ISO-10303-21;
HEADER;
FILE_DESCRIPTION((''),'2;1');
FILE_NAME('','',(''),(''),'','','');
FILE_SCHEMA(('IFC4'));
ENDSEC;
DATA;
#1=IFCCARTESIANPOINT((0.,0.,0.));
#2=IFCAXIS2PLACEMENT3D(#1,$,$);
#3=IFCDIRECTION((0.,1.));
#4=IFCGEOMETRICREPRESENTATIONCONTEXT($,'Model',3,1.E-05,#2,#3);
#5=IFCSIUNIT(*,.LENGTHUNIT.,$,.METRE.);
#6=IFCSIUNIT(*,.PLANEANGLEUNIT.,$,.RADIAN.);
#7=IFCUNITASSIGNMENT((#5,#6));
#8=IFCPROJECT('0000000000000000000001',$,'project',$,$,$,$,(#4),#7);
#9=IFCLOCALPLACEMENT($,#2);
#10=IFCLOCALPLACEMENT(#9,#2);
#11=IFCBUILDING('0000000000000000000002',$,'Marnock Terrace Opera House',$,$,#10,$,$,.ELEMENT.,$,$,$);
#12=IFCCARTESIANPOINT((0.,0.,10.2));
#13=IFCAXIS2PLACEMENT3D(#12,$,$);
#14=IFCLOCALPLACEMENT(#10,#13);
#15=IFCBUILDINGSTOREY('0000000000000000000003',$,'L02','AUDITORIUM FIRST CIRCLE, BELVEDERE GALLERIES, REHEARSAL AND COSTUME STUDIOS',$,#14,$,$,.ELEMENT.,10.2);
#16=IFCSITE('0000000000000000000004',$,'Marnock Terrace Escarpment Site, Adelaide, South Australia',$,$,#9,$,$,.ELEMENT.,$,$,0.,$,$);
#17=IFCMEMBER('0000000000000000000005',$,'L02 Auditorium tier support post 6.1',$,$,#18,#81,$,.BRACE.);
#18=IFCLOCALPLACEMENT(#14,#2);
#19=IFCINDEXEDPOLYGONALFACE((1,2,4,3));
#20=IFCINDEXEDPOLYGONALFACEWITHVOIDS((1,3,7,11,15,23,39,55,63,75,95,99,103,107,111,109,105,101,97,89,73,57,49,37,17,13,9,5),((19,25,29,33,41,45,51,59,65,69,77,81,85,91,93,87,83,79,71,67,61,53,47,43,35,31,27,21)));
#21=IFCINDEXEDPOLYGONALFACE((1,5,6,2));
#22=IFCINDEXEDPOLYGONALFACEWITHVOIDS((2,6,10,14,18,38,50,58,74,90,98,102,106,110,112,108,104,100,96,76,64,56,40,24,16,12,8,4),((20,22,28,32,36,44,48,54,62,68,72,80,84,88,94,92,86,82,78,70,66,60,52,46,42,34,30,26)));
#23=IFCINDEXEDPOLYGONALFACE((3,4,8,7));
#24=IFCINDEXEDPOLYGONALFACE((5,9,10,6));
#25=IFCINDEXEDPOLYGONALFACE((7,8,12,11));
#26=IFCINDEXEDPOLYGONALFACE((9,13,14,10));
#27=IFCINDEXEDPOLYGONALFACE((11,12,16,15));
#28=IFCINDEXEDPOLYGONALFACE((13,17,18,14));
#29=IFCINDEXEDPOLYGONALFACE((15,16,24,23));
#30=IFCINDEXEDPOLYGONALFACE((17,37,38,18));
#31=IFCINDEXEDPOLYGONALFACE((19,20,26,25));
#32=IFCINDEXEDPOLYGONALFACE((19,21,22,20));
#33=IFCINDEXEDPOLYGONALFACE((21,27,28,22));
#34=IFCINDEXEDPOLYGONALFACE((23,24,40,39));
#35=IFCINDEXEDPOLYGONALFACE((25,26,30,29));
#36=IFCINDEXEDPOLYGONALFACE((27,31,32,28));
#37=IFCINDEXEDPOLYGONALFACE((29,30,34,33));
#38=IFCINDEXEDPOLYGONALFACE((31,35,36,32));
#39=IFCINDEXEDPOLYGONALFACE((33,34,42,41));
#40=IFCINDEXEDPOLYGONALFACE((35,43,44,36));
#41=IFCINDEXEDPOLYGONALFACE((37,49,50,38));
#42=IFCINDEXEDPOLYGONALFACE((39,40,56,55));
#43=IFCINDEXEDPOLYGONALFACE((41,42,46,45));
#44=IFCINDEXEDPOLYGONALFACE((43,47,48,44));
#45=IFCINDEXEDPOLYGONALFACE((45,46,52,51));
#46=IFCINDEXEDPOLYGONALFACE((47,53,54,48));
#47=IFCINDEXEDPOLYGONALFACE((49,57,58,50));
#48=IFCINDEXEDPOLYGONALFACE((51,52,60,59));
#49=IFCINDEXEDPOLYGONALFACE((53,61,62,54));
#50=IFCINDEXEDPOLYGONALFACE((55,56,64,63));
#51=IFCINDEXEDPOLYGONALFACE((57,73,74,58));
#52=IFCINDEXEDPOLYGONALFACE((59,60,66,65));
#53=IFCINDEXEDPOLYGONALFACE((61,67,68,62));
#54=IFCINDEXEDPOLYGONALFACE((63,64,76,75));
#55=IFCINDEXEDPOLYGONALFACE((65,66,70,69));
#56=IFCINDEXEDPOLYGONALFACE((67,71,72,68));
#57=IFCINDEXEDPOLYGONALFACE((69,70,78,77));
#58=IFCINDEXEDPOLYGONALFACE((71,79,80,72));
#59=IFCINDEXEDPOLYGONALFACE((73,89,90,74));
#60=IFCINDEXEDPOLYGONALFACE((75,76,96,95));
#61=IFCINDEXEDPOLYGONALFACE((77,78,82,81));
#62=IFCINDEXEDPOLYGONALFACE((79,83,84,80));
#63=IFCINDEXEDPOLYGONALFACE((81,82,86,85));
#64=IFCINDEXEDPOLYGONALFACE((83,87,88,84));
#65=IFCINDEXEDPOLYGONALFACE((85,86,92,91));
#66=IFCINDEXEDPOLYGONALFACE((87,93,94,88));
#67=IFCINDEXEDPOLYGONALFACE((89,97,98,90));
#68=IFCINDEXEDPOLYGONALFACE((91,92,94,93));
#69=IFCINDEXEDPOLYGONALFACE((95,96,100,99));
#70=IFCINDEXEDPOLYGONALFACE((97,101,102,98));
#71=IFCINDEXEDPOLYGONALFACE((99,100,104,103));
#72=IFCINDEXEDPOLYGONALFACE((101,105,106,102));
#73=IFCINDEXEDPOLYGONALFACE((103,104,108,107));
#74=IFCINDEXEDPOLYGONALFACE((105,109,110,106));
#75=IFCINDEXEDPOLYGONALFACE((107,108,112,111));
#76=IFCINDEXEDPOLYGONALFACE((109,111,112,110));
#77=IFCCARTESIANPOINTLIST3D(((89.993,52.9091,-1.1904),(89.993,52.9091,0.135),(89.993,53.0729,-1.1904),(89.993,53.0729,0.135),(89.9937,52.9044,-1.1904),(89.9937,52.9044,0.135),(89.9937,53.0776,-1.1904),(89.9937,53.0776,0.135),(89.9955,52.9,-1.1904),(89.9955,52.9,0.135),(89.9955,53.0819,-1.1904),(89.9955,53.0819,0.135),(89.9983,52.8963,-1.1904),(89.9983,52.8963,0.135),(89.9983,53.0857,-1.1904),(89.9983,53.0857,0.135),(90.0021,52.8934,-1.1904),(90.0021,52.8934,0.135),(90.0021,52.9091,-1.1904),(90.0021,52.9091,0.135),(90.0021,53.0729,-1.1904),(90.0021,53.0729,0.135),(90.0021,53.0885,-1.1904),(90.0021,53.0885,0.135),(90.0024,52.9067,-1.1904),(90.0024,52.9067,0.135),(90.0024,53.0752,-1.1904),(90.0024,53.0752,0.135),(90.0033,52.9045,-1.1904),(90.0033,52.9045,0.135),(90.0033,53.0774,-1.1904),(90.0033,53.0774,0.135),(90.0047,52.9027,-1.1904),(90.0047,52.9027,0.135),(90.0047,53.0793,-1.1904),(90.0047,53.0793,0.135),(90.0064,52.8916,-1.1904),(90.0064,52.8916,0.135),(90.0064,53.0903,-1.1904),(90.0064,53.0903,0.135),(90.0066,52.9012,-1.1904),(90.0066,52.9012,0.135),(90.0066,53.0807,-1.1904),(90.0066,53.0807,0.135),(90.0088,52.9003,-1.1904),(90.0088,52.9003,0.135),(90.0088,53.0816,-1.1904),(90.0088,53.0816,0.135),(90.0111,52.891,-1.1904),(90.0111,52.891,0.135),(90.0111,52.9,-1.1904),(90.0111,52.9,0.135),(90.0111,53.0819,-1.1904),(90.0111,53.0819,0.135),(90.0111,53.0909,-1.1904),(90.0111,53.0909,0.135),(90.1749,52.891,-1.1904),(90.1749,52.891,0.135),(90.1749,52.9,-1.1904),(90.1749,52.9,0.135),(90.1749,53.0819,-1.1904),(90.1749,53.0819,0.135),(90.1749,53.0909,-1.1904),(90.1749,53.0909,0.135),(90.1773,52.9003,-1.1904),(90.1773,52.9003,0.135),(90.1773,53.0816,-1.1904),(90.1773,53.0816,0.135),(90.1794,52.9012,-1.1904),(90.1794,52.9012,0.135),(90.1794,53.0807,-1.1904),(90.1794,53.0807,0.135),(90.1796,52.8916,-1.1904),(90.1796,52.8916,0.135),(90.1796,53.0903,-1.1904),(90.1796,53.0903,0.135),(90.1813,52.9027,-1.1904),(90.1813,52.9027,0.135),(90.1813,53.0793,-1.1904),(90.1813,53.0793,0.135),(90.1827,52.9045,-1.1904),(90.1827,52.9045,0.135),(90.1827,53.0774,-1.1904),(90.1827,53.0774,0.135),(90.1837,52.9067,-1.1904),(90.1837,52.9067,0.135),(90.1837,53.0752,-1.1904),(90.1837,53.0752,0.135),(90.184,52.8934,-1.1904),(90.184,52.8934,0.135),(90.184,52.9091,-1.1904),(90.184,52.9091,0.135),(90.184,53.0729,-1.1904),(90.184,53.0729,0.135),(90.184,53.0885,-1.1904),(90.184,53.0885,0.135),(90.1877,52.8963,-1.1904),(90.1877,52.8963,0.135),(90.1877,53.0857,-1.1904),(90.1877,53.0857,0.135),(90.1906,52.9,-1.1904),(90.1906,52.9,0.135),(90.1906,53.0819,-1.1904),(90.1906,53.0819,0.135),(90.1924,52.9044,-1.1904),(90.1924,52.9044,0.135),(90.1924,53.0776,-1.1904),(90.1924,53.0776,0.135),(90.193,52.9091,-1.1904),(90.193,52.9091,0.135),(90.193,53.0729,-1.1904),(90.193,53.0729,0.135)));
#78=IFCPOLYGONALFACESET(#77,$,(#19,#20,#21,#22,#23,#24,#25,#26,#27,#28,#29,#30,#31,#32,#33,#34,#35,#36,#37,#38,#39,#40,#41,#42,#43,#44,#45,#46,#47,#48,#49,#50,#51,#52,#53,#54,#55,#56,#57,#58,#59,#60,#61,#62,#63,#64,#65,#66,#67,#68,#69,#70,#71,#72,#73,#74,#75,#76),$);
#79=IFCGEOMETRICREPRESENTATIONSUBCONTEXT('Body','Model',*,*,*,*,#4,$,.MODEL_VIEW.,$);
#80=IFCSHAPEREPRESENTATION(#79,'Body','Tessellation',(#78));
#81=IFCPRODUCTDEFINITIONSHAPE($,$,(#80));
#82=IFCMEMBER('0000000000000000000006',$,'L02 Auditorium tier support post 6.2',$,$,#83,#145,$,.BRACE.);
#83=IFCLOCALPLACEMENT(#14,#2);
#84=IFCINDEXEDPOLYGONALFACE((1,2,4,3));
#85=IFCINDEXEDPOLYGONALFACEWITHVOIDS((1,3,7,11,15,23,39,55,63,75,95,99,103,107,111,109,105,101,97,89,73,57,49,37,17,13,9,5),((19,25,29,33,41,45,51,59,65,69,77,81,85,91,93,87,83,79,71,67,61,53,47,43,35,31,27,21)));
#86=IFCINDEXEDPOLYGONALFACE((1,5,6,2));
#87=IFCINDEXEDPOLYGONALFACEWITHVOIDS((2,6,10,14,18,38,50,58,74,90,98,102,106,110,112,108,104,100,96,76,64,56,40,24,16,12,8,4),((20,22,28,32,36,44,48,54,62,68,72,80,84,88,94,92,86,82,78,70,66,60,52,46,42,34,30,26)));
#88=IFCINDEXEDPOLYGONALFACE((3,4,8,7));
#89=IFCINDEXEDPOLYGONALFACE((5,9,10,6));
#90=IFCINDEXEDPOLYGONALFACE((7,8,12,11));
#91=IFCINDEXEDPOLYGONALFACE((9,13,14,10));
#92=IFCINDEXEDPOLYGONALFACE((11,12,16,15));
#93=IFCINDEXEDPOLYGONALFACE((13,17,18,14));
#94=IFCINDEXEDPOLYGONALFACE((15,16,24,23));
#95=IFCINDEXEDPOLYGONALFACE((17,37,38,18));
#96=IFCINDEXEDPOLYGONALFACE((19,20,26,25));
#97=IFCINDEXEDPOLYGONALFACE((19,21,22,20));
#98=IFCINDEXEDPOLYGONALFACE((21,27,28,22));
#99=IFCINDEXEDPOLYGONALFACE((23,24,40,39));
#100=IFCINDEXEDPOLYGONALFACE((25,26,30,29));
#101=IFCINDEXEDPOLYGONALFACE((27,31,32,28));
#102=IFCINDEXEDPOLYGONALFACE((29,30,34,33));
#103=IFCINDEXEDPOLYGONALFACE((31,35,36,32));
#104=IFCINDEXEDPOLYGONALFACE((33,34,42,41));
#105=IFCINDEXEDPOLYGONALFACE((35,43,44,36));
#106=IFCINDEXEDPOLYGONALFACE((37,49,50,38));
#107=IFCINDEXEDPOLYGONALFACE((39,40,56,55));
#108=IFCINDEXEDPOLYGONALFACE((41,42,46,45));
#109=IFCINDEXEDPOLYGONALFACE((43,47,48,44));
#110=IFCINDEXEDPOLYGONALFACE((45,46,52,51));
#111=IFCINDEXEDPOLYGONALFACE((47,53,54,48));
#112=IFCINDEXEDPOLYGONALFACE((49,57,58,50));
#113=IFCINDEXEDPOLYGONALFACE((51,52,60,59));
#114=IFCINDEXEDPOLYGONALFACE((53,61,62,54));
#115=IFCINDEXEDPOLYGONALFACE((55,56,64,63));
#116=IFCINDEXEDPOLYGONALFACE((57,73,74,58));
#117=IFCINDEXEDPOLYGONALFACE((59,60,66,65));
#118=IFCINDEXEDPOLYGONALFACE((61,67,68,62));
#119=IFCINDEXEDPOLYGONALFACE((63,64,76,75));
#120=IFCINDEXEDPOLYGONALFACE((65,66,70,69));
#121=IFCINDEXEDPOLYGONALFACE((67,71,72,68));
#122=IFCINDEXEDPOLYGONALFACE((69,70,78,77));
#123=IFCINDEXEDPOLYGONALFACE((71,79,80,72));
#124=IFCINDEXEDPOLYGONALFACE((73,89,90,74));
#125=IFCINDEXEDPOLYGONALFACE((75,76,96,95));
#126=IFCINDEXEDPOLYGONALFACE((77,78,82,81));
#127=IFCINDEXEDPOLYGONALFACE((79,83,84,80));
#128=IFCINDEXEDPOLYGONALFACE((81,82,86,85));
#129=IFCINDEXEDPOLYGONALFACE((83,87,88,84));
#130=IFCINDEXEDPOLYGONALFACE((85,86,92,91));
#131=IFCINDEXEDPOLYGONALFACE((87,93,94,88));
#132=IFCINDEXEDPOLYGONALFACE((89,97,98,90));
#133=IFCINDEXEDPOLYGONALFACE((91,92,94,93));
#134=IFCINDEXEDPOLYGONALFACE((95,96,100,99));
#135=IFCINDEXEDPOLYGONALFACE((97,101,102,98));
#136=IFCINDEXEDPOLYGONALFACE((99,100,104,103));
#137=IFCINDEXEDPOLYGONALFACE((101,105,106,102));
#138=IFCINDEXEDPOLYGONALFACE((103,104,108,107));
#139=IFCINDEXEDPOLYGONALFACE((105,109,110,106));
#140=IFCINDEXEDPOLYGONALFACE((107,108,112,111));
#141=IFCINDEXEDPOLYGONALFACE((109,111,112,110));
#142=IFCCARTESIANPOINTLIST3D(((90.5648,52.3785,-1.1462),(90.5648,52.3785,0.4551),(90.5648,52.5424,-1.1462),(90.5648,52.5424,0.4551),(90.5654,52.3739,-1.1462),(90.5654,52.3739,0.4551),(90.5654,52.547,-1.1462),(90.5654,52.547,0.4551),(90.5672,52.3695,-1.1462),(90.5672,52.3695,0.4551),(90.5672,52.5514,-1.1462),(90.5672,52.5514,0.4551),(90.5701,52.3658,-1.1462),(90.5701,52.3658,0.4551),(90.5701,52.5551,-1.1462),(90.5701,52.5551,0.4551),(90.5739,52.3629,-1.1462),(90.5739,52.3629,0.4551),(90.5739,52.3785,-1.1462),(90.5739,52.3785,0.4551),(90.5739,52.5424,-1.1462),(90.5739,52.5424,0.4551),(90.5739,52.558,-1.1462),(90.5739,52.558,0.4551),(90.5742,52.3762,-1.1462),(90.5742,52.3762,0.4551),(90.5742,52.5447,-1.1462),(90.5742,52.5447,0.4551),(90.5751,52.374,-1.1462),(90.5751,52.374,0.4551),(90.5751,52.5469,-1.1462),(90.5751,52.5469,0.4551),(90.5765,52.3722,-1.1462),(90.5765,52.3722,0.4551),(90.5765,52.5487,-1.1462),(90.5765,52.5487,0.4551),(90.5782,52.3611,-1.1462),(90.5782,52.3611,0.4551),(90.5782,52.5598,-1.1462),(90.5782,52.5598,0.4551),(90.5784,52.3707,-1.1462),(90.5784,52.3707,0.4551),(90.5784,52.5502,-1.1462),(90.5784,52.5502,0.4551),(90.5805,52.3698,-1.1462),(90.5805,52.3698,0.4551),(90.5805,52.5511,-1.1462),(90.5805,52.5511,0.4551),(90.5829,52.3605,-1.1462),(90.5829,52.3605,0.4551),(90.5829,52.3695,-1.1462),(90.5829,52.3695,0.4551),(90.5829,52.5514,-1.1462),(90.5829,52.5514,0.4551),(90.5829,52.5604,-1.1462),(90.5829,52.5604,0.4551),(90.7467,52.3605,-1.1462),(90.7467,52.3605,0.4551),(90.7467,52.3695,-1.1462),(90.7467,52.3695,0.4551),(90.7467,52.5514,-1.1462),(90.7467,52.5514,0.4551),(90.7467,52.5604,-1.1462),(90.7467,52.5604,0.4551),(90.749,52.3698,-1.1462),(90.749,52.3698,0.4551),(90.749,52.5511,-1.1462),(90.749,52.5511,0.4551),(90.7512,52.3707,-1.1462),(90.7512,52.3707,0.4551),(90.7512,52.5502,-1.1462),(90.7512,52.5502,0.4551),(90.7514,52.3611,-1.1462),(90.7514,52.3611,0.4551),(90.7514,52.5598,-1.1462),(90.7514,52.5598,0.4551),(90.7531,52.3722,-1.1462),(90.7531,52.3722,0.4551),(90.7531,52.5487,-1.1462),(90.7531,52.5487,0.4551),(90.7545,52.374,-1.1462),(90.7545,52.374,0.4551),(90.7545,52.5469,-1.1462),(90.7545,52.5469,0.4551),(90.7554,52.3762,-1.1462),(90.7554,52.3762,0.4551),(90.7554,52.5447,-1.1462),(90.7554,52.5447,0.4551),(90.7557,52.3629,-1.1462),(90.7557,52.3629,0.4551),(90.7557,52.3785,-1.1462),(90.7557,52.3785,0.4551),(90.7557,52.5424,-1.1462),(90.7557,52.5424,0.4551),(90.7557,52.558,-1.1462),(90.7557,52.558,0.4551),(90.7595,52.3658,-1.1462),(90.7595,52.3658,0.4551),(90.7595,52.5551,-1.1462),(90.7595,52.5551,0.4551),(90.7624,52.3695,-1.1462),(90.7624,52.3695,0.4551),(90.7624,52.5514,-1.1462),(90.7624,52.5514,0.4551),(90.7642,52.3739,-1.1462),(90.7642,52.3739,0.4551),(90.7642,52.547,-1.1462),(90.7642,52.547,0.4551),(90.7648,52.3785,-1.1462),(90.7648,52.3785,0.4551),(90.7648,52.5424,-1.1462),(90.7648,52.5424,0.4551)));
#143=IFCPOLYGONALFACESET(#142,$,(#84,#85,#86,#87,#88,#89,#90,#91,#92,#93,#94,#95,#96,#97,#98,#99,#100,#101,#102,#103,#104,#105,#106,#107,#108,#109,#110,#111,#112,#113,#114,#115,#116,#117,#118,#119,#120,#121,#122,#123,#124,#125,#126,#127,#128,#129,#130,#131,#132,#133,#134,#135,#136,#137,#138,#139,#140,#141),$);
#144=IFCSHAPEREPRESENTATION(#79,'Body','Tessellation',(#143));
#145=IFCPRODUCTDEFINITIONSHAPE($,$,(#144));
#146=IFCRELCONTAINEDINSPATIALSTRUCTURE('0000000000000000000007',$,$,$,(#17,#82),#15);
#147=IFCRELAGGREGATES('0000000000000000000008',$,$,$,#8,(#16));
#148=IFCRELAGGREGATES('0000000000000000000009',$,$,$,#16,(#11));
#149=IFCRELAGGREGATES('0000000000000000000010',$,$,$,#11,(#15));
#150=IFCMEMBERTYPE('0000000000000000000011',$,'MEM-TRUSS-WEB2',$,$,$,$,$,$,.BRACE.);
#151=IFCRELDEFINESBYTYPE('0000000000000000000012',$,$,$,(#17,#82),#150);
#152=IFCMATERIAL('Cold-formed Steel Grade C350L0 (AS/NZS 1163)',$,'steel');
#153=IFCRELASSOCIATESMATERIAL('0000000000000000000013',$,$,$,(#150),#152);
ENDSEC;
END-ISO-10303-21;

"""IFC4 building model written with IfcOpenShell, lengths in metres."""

from ifc_helpers import new_model, si_unit, direction, frame, origin, origin_2d, place, context, subcontext, project, spatial, hollow_rectangle, extrude, material, material_profile, profile_set, type_object, element, save


model = new_model("IFC4")

# Units and contexts
model_context = context("Model", 3, precision=1e-05, world=origin(), true_north=direction((0.0, 1.0)))
body_context = subcontext(model_context, "Body", "Model", "MODEL_VIEW")
ifc_project = project(units=[si_unit("LENGTHUNIT", "METRE"), si_unit("PLANEANGLEUNIT", "RADIAN")], contexts=[model_context])

# Site, building, storey
site_placement = place(None, origin())
site = spatial("IfcSite", under=ifc_project, at=site_placement, Name="Marnock Terrace Escarpment Site, Adelaide, South Australia", CompositionType="ELEMENT", RefElevation=0.0)
building_placement = place(site_placement, origin())
building = spatial("IfcBuilding", under=site, at=building_placement, Name="Marnock Terrace Opera House", CompositionType="ELEMENT")
storey_placement = place(building_placement, frame((0.0, 0.0, 10.2)))
storey = spatial("IfcBuildingStorey", under=building, at=storey_placement, Name="L02", Description="AUDITORIUM FIRST CIRCLE, BELVEDERE GALLERIES, REHEARSAL AND COSTUME STUDIOS", CompositionType="ELEMENT", Elevation=10.2)

# Members
ifc_material_1 = material(Name="Cold-formed Steel Grade C350L0 (AS/NZS 1163)", Category="steel")
ifc_material_profile_1 = material_profile(ifc_material_1, hollow_rectangle(XDim=0.2, YDim=0.2, WallThickness=0.009, InnerFilletRadius=0.009, OuterFilletRadius=0.0181, at=origin_2d()))
ifc_profile_set_1 = profile_set([ifc_material_profile_1], Name="Cold-formed Steel Grade C350L0 (AS/NZS 1163)")
member_type = type_object("IfcMemberType", Name="MEM-TRUSS-WEB2", PredefinedType="BRACE", material=ifc_profile_set_1)
member_1_placement = place(storey_placement, frame((90.093, 52.991, -1.1904), z_axis=(0.0, 0.0, 1.0), x_axis=(1.0, 0.0, 0.0)))
element("IfcMember", 1, at=member_1_placement, inside=storey, type_object=member_type, Name="L02 Auditorium tier support post 6.1", PredefinedType="BRACE", context=body_context, shape_type="SweptSolid", body=[
    extrude(hollow_rectangle(XDim=0.2, YDim=0.2, WallThickness=0.009, InnerFilletRadius=0.009, OuterFilletRadius=0.0181, at=origin_2d()), origin(), (0.0, 0.0, 1.0), 1.3254),
])
member_2_placement = place(storey_placement, frame((90.6648, 52.4604, -1.1462), z_axis=(0.0, 0.0, 1.0), x_axis=(1.0, 0.0, 0.0)))
element("IfcMember", 2, at=member_2_placement, inside=storey, type_object=member_type, Name="L02 Auditorium tier support post 6.2", PredefinedType="BRACE", context=body_context, shape_type="SweptSolid", body=[
    extrude(hollow_rectangle(XDim=0.2, YDim=0.2, WallThickness=0.009, InnerFilletRadius=0.009, OuterFilletRadius=0.0181, at=origin_2d()), origin(), (0.0, 0.0, 1.0), 1.6013),
])

save(model, "model.ifc")
